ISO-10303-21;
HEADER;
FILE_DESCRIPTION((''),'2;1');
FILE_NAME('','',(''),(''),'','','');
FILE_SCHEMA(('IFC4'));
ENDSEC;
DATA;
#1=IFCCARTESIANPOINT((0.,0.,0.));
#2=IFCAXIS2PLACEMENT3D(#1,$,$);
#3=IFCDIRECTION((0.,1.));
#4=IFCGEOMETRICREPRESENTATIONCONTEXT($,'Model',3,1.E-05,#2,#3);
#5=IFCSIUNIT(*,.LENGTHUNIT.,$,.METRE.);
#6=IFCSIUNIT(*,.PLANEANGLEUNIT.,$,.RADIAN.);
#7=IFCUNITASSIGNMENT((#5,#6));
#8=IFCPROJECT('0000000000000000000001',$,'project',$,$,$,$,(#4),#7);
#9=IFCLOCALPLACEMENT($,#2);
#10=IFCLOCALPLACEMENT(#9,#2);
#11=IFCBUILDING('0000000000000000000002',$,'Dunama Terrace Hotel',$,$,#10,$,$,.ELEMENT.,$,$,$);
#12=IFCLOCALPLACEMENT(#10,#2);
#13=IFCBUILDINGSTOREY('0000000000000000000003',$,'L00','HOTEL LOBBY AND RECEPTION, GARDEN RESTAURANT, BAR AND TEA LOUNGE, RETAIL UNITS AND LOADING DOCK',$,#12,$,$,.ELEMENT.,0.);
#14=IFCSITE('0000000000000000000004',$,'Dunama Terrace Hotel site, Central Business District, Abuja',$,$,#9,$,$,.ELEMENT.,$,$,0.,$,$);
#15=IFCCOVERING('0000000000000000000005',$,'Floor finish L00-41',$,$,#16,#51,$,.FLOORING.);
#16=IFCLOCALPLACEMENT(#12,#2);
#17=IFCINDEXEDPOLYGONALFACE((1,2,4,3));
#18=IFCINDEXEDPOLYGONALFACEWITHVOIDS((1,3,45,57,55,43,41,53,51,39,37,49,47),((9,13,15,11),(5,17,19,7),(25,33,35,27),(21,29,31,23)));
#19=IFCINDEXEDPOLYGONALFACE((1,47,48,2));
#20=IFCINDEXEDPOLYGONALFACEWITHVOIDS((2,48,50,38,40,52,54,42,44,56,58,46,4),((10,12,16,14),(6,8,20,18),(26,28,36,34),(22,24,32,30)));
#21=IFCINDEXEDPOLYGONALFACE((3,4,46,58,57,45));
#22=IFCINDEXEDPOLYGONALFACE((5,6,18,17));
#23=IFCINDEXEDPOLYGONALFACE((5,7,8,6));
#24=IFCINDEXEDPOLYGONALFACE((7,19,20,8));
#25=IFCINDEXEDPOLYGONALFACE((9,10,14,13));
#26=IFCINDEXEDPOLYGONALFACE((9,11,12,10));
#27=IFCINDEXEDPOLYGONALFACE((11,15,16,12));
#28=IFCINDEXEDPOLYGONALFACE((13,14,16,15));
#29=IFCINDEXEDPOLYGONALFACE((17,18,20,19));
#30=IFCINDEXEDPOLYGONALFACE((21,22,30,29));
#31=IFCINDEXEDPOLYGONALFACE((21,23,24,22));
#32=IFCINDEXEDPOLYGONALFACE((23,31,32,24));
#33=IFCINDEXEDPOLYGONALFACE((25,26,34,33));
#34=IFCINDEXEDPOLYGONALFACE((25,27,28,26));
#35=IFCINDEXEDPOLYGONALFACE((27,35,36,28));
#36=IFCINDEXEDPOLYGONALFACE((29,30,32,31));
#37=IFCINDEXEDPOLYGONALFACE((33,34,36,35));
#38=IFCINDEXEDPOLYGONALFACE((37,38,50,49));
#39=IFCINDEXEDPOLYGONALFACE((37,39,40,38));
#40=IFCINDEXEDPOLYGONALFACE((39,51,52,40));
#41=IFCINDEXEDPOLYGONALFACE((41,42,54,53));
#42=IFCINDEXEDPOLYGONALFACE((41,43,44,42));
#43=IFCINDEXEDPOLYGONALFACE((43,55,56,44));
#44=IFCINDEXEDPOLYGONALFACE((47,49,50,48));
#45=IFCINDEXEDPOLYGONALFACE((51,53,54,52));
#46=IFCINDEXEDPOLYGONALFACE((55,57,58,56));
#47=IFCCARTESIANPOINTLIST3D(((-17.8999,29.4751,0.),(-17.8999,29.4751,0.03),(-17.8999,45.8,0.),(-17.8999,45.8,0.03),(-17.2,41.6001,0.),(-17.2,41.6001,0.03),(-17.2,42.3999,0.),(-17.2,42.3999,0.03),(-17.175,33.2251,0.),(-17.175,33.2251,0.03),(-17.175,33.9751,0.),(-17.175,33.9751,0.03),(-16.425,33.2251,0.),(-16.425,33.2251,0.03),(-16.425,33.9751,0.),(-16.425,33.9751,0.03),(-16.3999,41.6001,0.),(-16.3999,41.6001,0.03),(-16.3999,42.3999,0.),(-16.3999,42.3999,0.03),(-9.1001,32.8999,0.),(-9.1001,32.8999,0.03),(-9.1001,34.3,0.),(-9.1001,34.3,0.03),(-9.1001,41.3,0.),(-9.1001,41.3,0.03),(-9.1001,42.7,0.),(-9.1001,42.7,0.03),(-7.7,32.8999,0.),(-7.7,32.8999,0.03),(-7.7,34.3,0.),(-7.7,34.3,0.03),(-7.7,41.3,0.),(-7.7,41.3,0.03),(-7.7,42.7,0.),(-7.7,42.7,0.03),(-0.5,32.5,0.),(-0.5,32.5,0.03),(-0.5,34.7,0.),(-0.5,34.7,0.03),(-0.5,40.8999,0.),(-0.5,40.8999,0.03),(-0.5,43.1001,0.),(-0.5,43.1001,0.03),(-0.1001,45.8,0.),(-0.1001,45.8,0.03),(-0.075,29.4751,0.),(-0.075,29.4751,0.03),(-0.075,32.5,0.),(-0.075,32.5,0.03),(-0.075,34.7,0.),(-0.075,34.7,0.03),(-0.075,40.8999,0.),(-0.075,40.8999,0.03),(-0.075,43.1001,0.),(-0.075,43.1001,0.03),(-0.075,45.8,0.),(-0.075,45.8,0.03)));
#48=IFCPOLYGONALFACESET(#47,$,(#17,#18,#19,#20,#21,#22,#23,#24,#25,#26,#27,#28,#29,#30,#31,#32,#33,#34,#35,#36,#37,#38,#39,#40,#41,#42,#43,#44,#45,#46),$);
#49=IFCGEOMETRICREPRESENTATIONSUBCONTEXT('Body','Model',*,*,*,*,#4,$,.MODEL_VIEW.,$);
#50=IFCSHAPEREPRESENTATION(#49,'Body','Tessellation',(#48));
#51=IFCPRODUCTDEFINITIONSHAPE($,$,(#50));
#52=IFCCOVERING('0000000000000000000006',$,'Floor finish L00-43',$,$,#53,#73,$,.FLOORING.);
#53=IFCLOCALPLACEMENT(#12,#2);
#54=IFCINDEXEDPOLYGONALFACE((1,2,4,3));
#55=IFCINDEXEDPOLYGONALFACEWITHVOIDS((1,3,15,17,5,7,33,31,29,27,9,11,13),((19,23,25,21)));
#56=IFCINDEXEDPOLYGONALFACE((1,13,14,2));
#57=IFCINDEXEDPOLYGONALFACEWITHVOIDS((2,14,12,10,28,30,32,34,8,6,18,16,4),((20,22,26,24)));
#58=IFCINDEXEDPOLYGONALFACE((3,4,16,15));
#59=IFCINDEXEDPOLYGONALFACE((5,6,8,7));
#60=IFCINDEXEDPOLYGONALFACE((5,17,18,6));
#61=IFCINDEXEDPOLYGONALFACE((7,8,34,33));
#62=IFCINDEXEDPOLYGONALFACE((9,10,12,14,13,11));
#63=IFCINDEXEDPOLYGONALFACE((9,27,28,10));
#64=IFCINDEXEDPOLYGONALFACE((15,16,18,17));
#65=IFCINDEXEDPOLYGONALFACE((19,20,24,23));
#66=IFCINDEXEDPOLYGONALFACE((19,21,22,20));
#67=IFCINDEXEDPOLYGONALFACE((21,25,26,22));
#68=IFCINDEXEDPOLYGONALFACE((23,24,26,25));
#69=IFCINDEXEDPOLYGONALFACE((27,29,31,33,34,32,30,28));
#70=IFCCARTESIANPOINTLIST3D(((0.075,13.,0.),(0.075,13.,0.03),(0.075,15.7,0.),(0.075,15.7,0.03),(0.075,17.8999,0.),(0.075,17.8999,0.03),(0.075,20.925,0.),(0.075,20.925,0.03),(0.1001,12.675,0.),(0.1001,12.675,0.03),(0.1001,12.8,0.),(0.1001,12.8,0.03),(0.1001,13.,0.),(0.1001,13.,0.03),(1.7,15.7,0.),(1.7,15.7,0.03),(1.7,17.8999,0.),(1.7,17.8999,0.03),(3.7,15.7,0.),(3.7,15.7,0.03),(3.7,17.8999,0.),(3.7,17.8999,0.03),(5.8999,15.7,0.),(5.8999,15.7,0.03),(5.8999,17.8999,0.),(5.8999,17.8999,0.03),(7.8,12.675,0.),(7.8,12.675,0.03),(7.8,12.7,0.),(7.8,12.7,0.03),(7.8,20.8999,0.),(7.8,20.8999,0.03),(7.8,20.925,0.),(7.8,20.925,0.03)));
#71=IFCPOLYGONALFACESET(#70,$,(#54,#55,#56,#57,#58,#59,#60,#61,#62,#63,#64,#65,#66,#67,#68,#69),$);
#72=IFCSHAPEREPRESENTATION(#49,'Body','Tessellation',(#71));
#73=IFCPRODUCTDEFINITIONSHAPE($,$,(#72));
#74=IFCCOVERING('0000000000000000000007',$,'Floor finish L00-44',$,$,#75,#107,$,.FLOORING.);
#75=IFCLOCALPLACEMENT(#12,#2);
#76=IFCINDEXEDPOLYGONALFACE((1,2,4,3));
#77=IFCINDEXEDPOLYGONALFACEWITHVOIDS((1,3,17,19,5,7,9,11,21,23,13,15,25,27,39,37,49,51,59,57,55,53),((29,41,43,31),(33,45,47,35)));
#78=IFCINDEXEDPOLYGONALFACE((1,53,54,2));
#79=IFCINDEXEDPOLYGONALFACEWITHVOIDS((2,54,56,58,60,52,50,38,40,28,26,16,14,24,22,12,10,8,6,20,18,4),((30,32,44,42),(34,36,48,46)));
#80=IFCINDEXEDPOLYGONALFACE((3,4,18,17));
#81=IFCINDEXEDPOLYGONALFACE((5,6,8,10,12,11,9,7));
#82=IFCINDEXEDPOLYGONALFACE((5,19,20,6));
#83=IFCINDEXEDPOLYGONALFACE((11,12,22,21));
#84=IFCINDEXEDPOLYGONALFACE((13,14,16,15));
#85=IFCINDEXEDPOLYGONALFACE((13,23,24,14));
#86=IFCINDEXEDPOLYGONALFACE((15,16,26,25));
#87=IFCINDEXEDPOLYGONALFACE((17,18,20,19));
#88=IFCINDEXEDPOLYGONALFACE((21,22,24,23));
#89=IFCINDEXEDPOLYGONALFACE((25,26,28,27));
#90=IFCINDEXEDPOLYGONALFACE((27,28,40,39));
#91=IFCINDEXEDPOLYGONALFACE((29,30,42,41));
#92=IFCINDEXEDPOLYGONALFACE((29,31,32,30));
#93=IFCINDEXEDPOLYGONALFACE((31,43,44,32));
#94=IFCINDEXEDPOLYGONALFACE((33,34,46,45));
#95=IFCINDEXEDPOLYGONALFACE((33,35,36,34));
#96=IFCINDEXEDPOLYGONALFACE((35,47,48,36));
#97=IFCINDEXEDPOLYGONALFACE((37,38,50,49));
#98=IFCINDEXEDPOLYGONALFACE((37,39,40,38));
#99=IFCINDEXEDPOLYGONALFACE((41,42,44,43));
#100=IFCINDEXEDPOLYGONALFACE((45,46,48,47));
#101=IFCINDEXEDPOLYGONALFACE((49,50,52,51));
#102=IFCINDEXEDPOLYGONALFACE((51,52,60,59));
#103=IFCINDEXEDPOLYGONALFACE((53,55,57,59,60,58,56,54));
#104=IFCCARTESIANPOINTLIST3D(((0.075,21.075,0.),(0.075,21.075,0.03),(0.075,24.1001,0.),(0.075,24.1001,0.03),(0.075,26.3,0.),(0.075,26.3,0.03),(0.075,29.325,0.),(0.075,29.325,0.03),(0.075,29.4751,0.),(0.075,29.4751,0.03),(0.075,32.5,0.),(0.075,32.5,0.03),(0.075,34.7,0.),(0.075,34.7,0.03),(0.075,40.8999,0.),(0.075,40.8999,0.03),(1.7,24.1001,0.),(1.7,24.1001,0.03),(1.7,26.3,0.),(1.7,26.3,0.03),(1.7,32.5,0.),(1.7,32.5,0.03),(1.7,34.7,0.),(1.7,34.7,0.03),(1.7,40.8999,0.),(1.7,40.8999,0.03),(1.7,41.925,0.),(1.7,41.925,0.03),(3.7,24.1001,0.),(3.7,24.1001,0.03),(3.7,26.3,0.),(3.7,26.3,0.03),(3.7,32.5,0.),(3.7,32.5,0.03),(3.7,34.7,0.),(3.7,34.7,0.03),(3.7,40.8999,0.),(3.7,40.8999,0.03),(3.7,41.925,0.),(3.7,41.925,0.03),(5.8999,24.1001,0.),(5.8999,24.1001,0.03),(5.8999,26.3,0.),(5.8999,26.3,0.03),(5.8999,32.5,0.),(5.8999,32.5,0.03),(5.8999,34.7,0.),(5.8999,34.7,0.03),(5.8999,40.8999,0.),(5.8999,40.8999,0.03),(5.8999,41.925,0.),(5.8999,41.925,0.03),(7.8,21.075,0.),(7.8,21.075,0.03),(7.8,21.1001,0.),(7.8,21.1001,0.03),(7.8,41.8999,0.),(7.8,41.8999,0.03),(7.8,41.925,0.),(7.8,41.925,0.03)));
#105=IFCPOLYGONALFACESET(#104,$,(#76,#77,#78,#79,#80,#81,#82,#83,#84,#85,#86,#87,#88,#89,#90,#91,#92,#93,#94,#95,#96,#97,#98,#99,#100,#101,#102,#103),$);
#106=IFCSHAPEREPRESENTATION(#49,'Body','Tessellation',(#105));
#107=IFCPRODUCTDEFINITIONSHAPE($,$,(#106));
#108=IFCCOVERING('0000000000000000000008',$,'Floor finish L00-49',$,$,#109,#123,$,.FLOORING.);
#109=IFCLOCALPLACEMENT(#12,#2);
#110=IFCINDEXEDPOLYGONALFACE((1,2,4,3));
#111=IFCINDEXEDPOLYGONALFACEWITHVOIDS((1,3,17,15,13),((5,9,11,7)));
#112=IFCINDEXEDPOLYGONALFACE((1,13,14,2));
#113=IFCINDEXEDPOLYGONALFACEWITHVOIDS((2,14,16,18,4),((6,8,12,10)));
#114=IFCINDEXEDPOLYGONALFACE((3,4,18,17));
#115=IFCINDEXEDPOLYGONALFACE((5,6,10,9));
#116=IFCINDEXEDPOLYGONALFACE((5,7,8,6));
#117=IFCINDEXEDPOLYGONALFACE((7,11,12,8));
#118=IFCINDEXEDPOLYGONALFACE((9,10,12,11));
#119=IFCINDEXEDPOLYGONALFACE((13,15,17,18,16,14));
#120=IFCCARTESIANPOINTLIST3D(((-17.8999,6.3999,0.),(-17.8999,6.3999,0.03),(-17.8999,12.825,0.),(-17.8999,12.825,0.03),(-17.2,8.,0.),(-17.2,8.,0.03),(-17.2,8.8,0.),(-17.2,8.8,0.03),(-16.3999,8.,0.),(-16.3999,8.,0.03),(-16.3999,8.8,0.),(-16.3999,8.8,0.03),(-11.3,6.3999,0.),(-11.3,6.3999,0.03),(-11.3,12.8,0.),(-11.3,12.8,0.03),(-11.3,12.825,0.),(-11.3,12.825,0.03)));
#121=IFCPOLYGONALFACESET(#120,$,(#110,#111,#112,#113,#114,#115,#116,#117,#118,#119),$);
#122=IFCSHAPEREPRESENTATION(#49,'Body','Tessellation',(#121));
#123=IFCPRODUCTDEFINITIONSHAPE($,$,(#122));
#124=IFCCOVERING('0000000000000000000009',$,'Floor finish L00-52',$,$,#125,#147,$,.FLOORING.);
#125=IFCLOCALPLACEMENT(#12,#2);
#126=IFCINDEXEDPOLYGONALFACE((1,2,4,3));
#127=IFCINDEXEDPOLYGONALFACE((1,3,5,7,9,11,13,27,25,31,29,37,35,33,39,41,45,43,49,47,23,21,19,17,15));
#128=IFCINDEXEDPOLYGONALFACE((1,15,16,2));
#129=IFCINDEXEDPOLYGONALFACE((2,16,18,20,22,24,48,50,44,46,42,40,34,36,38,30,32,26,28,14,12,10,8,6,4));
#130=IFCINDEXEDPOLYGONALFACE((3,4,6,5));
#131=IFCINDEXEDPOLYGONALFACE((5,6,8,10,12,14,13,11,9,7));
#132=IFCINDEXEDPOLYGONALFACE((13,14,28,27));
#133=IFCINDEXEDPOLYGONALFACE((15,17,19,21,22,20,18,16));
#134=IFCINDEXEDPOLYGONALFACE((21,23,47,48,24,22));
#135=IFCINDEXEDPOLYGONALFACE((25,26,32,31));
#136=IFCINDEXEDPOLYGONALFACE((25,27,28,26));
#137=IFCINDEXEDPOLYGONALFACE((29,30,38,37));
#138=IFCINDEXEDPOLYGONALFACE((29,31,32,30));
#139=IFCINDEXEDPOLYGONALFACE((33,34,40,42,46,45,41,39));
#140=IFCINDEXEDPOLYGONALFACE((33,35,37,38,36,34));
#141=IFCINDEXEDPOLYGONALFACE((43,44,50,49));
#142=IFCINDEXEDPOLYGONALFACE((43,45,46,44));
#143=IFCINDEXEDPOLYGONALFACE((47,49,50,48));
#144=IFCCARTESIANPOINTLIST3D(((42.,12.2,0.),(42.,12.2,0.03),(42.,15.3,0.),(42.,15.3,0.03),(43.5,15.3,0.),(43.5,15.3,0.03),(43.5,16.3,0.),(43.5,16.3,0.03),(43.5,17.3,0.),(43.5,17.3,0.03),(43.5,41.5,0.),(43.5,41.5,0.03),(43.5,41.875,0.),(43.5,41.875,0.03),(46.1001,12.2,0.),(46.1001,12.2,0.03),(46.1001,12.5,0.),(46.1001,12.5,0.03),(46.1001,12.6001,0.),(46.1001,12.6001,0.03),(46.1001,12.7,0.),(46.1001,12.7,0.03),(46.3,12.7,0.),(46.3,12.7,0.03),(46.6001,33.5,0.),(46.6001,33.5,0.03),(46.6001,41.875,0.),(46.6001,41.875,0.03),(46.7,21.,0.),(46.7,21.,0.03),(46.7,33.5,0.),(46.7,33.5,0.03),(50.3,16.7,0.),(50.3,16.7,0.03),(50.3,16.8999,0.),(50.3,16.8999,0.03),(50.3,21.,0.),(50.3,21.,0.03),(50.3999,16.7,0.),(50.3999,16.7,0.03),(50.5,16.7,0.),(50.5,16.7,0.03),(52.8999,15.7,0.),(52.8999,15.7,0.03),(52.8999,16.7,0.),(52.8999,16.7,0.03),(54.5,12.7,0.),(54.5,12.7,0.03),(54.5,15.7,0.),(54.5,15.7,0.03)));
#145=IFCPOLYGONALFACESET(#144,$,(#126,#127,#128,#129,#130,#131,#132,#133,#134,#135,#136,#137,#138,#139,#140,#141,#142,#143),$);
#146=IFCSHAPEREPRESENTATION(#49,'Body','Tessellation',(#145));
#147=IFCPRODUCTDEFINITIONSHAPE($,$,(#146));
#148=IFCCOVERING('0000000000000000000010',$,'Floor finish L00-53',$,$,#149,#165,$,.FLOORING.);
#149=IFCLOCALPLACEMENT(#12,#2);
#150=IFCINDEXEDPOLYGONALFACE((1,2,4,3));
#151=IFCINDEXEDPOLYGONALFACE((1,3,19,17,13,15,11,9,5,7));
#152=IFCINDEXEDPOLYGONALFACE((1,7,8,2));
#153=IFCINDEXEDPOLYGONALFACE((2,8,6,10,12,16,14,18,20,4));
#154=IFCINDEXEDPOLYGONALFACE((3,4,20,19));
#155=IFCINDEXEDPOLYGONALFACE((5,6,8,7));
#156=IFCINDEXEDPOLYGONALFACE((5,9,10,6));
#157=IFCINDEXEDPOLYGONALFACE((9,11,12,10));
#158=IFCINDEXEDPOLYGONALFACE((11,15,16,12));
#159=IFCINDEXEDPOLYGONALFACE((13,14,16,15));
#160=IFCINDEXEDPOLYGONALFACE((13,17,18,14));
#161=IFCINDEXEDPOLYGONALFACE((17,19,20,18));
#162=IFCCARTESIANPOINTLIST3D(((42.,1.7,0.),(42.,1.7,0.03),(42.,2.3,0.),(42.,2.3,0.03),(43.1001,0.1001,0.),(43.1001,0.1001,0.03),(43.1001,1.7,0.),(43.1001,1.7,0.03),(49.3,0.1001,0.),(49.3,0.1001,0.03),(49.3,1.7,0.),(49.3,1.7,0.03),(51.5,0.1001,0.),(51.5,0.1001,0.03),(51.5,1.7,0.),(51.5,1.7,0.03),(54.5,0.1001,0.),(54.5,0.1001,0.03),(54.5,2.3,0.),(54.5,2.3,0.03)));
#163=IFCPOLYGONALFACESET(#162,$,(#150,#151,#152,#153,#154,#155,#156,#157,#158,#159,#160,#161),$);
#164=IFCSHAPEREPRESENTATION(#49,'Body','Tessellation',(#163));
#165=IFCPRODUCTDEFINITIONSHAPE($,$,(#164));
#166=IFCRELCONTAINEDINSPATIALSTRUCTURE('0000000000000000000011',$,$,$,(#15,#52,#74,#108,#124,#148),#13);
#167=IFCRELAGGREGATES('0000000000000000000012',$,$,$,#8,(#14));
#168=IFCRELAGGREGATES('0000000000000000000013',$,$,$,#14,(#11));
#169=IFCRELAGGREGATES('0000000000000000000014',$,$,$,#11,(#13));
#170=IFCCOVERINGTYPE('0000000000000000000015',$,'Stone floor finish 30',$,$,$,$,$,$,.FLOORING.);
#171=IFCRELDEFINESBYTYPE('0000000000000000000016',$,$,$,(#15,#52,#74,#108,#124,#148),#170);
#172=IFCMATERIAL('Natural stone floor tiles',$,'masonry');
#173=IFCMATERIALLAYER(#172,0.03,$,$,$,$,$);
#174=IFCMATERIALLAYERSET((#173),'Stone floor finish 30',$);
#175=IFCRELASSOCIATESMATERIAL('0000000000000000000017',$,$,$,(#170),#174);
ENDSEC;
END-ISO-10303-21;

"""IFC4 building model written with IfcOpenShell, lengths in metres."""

from ifc_helpers import new_model, si_unit, direction, origin, place, context, subcontext, project, spatial, polyline, outline, extrude, material, layer, layer_set, type_object, element, save


model = new_model("IFC4")

# Units and contexts
model_context = context("Model", 3, precision=1e-05, world=origin(), true_north=direction((0.0, 1.0)))
body_context = subcontext(model_context, "Body", "Model", "MODEL_VIEW")
ifc_project = project(units=[si_unit("LENGTHUNIT", "METRE"), si_unit("PLANEANGLEUNIT", "RADIAN")], contexts=[model_context])

# Site, building, storey
site_placement = place(None, origin())
site = spatial("IfcSite", under=ifc_project, at=site_placement, Name="Dunama Terrace Hotel site, Central Business District, Abuja", CompositionType="ELEMENT", RefElevation=0.0)
building_placement = place(site_placement, origin())
building = spatial("IfcBuilding", under=site, at=building_placement, Name="Dunama Terrace Hotel", CompositionType="ELEMENT")
storey_placement = place(building_placement, origin())
storey = spatial("IfcBuildingStorey", under=building, at=storey_placement, Name="L00", Description="HOTEL LOBBY AND RECEPTION, GARDEN RESTAURANT, BAR AND TEA LOUNGE, RETAIL UNITS AND LOADING DOCK", CompositionType="ELEMENT", Elevation=0.0)

# Coverings
ifc_material_1 = material(Name="Natural stone floor tiles", Category="masonry")
ifc_layer_1 = layer(ifc_material_1, 0.03)
ifc_layer_set_1 = layer_set([ifc_layer_1], Name="Stone floor finish 30")
covering_type_1 = type_object("IfcCoveringType", Name="Stone floor finish 30", PredefinedType="FLOORING", material=ifc_layer_set_1)
covering_1_placement = place(storey_placement, origin())
element("IfcCovering", 1, at=covering_1_placement, inside=storey, type_object=covering_type_1, Name="Floor finish L00-41", PredefinedType="FLOORING", context=body_context, shape_type="SweptSolid", body=[
    extrude(outline(polyline([(-17.8999, 29.4751), (-0.075, 29.4751), (-0.075, 32.5), (-0.5, 32.5), (-0.5, 34.7), (-0.075, 34.7), (-0.075, 40.8999), (-0.5, 40.8999), (-0.5, 43.1001), (-0.075, 43.1001), (-0.075, 45.8), (-0.1001, 45.8), (-17.8999, 45.8), (-17.8999, 29.4751)]), holes=[polyline([(-17.175, 33.9751), (-16.425, 33.9751), (-16.425, 33.2251), (-17.175, 33.2251), (-17.175, 33.9751)]), polyline([(-16.3999, 42.3999), (-16.3999, 41.6001), (-17.2, 41.6001), (-17.2, 42.3999), (-16.3999, 42.3999)]), polyline([(-9.1001, 34.3), (-7.7, 34.3), (-7.7, 32.8999), (-9.1001, 32.8999), (-9.1001, 34.3)]), polyline([(-7.7, 42.7), (-7.7, 41.3), (-9.1001, 41.3), (-9.1001, 42.7), (-7.7, 42.7)])]), origin(), (0.0, 0.0, 1.0), 0.03),
])
covering_2_placement = place(storey_placement, origin())
element("IfcCovering", 2, at=covering_2_placement, inside=storey, type_object=covering_type_1, Name="Floor finish L00-43", PredefinedType="FLOORING", context=body_context, shape_type="SweptSolid", body=[
    extrude(outline(polyline([(1.7, 17.8999), (1.7, 15.7), (0.075, 15.7), (0.075, 13.0), (0.1001, 13.0), (0.1001, 12.8), (0.1001, 12.675), (7.8, 12.675), (7.8, 12.7), (7.8, 20.8999), (7.8, 20.925), (0.075, 20.925), (0.075, 17.8999), (1.7, 17.8999)]), holes=[polyline([(5.8999, 17.8999), (5.8999, 15.7), (3.7, 15.7), (3.7, 17.8999), (5.8999, 17.8999)])]), origin(), (0.0, 0.0, 1.0), 0.03),
])
covering_3_placement = place(storey_placement, origin())
element("IfcCovering", 3, at=covering_3_placement, inside=storey, type_object=covering_type_1, Name="Floor finish L00-44", PredefinedType="FLOORING", context=body_context, shape_type="SweptSolid", body=[
    extrude(outline(polyline([(1.7, 41.925), (1.7, 40.8999), (0.075, 40.8999), (0.075, 34.7), (1.7, 34.7), (1.7, 32.5), (0.075, 32.5), (0.075, 29.4751), (0.075, 29.325), (0.075, 26.3), (1.7, 26.3), (1.7, 24.1001), (0.075, 24.1001), (0.075, 21.075), (7.8, 21.075), (7.8, 21.1001), (7.8, 41.8999), (7.8, 41.925), (5.8999, 41.925), (5.8999, 40.8999), (3.7, 40.8999), (3.7, 41.925), (1.7, 41.925)]), holes=[polyline([(5.8999, 26.3), (5.8999, 24.1001), (3.7, 24.1001), (3.7, 26.3), (5.8999, 26.3)]), polyline([(5.8999, 34.7), (5.8999, 32.5), (3.7, 32.5), (3.7, 34.7), (5.8999, 34.7)])]), origin(), (0.0, 0.0, 1.0), 0.03),
])
covering_4_placement = place(storey_placement, origin())
element("IfcCovering", 4, at=covering_4_placement, inside=storey, type_object=covering_type_1, Name="Floor finish L00-49", PredefinedType="FLOORING", context=body_context, shape_type="SweptSolid", body=[
    extrude(outline(polyline([(-17.8999, 12.825), (-17.8999, 6.3999), (-11.3, 6.3999), (-11.3, 12.8), (-11.3, 12.825), (-17.8999, 12.825)]), holes=[polyline([(-16.3999, 8.8), (-16.3999, 8.0), (-17.2, 8.0), (-17.2, 8.8), (-16.3999, 8.8)])]), origin(), (0.0, 0.0, 1.0), 0.03),
])
covering_5_placement = place(storey_placement, origin())
element("IfcCovering", 5, at=covering_5_placement, inside=storey, type_object=covering_type_1, Name="Floor finish L00-52", PredefinedType="FLOORING", context=body_context, shape_type="SweptSolid", body=[
    extrude(outline(polyline([(46.7, 21.0), (46.7, 33.5), (46.6001, 33.5), (46.6001, 41.875), (43.5, 41.875), (43.5, 41.5), (43.5, 17.3), (43.5, 16.3), (43.5, 15.3), (42.0, 15.3), (42.0, 12.2), (46.1001, 12.2), (46.1001, 12.5), (46.1001, 12.6001), (46.1001, 12.7), (46.3, 12.7), (54.5, 12.7), (54.5, 15.7), (52.8999, 15.7), (52.8999, 16.7), (50.5, 16.7), (50.3999, 16.7), (50.3, 16.7), (50.3, 16.8999), (50.3, 21.0), (46.7, 21.0)])), origin(), (0.0, 0.0, 1.0), 0.03),
])
covering_6_placement = place(storey_placement, origin())
element("IfcCovering", 6, at=covering_6_placement, inside=storey, type_object=covering_type_1, Name="Floor finish L00-53", PredefinedType="FLOORING", context=body_context, shape_type="SweptSolid", body=[
    extrude(outline(polyline([(42.0, 2.3), (42.0, 1.7), (43.1001, 1.7), (43.1001, 0.1001), (49.3, 0.1001), (49.3, 1.7), (51.5, 1.7), (51.5, 0.1001), (54.5, 0.1001), (54.5, 2.3), (42.0, 2.3)])), origin(), (0.0, 0.0, 1.0), 0.03),
])

save(model, "model.ifc")
